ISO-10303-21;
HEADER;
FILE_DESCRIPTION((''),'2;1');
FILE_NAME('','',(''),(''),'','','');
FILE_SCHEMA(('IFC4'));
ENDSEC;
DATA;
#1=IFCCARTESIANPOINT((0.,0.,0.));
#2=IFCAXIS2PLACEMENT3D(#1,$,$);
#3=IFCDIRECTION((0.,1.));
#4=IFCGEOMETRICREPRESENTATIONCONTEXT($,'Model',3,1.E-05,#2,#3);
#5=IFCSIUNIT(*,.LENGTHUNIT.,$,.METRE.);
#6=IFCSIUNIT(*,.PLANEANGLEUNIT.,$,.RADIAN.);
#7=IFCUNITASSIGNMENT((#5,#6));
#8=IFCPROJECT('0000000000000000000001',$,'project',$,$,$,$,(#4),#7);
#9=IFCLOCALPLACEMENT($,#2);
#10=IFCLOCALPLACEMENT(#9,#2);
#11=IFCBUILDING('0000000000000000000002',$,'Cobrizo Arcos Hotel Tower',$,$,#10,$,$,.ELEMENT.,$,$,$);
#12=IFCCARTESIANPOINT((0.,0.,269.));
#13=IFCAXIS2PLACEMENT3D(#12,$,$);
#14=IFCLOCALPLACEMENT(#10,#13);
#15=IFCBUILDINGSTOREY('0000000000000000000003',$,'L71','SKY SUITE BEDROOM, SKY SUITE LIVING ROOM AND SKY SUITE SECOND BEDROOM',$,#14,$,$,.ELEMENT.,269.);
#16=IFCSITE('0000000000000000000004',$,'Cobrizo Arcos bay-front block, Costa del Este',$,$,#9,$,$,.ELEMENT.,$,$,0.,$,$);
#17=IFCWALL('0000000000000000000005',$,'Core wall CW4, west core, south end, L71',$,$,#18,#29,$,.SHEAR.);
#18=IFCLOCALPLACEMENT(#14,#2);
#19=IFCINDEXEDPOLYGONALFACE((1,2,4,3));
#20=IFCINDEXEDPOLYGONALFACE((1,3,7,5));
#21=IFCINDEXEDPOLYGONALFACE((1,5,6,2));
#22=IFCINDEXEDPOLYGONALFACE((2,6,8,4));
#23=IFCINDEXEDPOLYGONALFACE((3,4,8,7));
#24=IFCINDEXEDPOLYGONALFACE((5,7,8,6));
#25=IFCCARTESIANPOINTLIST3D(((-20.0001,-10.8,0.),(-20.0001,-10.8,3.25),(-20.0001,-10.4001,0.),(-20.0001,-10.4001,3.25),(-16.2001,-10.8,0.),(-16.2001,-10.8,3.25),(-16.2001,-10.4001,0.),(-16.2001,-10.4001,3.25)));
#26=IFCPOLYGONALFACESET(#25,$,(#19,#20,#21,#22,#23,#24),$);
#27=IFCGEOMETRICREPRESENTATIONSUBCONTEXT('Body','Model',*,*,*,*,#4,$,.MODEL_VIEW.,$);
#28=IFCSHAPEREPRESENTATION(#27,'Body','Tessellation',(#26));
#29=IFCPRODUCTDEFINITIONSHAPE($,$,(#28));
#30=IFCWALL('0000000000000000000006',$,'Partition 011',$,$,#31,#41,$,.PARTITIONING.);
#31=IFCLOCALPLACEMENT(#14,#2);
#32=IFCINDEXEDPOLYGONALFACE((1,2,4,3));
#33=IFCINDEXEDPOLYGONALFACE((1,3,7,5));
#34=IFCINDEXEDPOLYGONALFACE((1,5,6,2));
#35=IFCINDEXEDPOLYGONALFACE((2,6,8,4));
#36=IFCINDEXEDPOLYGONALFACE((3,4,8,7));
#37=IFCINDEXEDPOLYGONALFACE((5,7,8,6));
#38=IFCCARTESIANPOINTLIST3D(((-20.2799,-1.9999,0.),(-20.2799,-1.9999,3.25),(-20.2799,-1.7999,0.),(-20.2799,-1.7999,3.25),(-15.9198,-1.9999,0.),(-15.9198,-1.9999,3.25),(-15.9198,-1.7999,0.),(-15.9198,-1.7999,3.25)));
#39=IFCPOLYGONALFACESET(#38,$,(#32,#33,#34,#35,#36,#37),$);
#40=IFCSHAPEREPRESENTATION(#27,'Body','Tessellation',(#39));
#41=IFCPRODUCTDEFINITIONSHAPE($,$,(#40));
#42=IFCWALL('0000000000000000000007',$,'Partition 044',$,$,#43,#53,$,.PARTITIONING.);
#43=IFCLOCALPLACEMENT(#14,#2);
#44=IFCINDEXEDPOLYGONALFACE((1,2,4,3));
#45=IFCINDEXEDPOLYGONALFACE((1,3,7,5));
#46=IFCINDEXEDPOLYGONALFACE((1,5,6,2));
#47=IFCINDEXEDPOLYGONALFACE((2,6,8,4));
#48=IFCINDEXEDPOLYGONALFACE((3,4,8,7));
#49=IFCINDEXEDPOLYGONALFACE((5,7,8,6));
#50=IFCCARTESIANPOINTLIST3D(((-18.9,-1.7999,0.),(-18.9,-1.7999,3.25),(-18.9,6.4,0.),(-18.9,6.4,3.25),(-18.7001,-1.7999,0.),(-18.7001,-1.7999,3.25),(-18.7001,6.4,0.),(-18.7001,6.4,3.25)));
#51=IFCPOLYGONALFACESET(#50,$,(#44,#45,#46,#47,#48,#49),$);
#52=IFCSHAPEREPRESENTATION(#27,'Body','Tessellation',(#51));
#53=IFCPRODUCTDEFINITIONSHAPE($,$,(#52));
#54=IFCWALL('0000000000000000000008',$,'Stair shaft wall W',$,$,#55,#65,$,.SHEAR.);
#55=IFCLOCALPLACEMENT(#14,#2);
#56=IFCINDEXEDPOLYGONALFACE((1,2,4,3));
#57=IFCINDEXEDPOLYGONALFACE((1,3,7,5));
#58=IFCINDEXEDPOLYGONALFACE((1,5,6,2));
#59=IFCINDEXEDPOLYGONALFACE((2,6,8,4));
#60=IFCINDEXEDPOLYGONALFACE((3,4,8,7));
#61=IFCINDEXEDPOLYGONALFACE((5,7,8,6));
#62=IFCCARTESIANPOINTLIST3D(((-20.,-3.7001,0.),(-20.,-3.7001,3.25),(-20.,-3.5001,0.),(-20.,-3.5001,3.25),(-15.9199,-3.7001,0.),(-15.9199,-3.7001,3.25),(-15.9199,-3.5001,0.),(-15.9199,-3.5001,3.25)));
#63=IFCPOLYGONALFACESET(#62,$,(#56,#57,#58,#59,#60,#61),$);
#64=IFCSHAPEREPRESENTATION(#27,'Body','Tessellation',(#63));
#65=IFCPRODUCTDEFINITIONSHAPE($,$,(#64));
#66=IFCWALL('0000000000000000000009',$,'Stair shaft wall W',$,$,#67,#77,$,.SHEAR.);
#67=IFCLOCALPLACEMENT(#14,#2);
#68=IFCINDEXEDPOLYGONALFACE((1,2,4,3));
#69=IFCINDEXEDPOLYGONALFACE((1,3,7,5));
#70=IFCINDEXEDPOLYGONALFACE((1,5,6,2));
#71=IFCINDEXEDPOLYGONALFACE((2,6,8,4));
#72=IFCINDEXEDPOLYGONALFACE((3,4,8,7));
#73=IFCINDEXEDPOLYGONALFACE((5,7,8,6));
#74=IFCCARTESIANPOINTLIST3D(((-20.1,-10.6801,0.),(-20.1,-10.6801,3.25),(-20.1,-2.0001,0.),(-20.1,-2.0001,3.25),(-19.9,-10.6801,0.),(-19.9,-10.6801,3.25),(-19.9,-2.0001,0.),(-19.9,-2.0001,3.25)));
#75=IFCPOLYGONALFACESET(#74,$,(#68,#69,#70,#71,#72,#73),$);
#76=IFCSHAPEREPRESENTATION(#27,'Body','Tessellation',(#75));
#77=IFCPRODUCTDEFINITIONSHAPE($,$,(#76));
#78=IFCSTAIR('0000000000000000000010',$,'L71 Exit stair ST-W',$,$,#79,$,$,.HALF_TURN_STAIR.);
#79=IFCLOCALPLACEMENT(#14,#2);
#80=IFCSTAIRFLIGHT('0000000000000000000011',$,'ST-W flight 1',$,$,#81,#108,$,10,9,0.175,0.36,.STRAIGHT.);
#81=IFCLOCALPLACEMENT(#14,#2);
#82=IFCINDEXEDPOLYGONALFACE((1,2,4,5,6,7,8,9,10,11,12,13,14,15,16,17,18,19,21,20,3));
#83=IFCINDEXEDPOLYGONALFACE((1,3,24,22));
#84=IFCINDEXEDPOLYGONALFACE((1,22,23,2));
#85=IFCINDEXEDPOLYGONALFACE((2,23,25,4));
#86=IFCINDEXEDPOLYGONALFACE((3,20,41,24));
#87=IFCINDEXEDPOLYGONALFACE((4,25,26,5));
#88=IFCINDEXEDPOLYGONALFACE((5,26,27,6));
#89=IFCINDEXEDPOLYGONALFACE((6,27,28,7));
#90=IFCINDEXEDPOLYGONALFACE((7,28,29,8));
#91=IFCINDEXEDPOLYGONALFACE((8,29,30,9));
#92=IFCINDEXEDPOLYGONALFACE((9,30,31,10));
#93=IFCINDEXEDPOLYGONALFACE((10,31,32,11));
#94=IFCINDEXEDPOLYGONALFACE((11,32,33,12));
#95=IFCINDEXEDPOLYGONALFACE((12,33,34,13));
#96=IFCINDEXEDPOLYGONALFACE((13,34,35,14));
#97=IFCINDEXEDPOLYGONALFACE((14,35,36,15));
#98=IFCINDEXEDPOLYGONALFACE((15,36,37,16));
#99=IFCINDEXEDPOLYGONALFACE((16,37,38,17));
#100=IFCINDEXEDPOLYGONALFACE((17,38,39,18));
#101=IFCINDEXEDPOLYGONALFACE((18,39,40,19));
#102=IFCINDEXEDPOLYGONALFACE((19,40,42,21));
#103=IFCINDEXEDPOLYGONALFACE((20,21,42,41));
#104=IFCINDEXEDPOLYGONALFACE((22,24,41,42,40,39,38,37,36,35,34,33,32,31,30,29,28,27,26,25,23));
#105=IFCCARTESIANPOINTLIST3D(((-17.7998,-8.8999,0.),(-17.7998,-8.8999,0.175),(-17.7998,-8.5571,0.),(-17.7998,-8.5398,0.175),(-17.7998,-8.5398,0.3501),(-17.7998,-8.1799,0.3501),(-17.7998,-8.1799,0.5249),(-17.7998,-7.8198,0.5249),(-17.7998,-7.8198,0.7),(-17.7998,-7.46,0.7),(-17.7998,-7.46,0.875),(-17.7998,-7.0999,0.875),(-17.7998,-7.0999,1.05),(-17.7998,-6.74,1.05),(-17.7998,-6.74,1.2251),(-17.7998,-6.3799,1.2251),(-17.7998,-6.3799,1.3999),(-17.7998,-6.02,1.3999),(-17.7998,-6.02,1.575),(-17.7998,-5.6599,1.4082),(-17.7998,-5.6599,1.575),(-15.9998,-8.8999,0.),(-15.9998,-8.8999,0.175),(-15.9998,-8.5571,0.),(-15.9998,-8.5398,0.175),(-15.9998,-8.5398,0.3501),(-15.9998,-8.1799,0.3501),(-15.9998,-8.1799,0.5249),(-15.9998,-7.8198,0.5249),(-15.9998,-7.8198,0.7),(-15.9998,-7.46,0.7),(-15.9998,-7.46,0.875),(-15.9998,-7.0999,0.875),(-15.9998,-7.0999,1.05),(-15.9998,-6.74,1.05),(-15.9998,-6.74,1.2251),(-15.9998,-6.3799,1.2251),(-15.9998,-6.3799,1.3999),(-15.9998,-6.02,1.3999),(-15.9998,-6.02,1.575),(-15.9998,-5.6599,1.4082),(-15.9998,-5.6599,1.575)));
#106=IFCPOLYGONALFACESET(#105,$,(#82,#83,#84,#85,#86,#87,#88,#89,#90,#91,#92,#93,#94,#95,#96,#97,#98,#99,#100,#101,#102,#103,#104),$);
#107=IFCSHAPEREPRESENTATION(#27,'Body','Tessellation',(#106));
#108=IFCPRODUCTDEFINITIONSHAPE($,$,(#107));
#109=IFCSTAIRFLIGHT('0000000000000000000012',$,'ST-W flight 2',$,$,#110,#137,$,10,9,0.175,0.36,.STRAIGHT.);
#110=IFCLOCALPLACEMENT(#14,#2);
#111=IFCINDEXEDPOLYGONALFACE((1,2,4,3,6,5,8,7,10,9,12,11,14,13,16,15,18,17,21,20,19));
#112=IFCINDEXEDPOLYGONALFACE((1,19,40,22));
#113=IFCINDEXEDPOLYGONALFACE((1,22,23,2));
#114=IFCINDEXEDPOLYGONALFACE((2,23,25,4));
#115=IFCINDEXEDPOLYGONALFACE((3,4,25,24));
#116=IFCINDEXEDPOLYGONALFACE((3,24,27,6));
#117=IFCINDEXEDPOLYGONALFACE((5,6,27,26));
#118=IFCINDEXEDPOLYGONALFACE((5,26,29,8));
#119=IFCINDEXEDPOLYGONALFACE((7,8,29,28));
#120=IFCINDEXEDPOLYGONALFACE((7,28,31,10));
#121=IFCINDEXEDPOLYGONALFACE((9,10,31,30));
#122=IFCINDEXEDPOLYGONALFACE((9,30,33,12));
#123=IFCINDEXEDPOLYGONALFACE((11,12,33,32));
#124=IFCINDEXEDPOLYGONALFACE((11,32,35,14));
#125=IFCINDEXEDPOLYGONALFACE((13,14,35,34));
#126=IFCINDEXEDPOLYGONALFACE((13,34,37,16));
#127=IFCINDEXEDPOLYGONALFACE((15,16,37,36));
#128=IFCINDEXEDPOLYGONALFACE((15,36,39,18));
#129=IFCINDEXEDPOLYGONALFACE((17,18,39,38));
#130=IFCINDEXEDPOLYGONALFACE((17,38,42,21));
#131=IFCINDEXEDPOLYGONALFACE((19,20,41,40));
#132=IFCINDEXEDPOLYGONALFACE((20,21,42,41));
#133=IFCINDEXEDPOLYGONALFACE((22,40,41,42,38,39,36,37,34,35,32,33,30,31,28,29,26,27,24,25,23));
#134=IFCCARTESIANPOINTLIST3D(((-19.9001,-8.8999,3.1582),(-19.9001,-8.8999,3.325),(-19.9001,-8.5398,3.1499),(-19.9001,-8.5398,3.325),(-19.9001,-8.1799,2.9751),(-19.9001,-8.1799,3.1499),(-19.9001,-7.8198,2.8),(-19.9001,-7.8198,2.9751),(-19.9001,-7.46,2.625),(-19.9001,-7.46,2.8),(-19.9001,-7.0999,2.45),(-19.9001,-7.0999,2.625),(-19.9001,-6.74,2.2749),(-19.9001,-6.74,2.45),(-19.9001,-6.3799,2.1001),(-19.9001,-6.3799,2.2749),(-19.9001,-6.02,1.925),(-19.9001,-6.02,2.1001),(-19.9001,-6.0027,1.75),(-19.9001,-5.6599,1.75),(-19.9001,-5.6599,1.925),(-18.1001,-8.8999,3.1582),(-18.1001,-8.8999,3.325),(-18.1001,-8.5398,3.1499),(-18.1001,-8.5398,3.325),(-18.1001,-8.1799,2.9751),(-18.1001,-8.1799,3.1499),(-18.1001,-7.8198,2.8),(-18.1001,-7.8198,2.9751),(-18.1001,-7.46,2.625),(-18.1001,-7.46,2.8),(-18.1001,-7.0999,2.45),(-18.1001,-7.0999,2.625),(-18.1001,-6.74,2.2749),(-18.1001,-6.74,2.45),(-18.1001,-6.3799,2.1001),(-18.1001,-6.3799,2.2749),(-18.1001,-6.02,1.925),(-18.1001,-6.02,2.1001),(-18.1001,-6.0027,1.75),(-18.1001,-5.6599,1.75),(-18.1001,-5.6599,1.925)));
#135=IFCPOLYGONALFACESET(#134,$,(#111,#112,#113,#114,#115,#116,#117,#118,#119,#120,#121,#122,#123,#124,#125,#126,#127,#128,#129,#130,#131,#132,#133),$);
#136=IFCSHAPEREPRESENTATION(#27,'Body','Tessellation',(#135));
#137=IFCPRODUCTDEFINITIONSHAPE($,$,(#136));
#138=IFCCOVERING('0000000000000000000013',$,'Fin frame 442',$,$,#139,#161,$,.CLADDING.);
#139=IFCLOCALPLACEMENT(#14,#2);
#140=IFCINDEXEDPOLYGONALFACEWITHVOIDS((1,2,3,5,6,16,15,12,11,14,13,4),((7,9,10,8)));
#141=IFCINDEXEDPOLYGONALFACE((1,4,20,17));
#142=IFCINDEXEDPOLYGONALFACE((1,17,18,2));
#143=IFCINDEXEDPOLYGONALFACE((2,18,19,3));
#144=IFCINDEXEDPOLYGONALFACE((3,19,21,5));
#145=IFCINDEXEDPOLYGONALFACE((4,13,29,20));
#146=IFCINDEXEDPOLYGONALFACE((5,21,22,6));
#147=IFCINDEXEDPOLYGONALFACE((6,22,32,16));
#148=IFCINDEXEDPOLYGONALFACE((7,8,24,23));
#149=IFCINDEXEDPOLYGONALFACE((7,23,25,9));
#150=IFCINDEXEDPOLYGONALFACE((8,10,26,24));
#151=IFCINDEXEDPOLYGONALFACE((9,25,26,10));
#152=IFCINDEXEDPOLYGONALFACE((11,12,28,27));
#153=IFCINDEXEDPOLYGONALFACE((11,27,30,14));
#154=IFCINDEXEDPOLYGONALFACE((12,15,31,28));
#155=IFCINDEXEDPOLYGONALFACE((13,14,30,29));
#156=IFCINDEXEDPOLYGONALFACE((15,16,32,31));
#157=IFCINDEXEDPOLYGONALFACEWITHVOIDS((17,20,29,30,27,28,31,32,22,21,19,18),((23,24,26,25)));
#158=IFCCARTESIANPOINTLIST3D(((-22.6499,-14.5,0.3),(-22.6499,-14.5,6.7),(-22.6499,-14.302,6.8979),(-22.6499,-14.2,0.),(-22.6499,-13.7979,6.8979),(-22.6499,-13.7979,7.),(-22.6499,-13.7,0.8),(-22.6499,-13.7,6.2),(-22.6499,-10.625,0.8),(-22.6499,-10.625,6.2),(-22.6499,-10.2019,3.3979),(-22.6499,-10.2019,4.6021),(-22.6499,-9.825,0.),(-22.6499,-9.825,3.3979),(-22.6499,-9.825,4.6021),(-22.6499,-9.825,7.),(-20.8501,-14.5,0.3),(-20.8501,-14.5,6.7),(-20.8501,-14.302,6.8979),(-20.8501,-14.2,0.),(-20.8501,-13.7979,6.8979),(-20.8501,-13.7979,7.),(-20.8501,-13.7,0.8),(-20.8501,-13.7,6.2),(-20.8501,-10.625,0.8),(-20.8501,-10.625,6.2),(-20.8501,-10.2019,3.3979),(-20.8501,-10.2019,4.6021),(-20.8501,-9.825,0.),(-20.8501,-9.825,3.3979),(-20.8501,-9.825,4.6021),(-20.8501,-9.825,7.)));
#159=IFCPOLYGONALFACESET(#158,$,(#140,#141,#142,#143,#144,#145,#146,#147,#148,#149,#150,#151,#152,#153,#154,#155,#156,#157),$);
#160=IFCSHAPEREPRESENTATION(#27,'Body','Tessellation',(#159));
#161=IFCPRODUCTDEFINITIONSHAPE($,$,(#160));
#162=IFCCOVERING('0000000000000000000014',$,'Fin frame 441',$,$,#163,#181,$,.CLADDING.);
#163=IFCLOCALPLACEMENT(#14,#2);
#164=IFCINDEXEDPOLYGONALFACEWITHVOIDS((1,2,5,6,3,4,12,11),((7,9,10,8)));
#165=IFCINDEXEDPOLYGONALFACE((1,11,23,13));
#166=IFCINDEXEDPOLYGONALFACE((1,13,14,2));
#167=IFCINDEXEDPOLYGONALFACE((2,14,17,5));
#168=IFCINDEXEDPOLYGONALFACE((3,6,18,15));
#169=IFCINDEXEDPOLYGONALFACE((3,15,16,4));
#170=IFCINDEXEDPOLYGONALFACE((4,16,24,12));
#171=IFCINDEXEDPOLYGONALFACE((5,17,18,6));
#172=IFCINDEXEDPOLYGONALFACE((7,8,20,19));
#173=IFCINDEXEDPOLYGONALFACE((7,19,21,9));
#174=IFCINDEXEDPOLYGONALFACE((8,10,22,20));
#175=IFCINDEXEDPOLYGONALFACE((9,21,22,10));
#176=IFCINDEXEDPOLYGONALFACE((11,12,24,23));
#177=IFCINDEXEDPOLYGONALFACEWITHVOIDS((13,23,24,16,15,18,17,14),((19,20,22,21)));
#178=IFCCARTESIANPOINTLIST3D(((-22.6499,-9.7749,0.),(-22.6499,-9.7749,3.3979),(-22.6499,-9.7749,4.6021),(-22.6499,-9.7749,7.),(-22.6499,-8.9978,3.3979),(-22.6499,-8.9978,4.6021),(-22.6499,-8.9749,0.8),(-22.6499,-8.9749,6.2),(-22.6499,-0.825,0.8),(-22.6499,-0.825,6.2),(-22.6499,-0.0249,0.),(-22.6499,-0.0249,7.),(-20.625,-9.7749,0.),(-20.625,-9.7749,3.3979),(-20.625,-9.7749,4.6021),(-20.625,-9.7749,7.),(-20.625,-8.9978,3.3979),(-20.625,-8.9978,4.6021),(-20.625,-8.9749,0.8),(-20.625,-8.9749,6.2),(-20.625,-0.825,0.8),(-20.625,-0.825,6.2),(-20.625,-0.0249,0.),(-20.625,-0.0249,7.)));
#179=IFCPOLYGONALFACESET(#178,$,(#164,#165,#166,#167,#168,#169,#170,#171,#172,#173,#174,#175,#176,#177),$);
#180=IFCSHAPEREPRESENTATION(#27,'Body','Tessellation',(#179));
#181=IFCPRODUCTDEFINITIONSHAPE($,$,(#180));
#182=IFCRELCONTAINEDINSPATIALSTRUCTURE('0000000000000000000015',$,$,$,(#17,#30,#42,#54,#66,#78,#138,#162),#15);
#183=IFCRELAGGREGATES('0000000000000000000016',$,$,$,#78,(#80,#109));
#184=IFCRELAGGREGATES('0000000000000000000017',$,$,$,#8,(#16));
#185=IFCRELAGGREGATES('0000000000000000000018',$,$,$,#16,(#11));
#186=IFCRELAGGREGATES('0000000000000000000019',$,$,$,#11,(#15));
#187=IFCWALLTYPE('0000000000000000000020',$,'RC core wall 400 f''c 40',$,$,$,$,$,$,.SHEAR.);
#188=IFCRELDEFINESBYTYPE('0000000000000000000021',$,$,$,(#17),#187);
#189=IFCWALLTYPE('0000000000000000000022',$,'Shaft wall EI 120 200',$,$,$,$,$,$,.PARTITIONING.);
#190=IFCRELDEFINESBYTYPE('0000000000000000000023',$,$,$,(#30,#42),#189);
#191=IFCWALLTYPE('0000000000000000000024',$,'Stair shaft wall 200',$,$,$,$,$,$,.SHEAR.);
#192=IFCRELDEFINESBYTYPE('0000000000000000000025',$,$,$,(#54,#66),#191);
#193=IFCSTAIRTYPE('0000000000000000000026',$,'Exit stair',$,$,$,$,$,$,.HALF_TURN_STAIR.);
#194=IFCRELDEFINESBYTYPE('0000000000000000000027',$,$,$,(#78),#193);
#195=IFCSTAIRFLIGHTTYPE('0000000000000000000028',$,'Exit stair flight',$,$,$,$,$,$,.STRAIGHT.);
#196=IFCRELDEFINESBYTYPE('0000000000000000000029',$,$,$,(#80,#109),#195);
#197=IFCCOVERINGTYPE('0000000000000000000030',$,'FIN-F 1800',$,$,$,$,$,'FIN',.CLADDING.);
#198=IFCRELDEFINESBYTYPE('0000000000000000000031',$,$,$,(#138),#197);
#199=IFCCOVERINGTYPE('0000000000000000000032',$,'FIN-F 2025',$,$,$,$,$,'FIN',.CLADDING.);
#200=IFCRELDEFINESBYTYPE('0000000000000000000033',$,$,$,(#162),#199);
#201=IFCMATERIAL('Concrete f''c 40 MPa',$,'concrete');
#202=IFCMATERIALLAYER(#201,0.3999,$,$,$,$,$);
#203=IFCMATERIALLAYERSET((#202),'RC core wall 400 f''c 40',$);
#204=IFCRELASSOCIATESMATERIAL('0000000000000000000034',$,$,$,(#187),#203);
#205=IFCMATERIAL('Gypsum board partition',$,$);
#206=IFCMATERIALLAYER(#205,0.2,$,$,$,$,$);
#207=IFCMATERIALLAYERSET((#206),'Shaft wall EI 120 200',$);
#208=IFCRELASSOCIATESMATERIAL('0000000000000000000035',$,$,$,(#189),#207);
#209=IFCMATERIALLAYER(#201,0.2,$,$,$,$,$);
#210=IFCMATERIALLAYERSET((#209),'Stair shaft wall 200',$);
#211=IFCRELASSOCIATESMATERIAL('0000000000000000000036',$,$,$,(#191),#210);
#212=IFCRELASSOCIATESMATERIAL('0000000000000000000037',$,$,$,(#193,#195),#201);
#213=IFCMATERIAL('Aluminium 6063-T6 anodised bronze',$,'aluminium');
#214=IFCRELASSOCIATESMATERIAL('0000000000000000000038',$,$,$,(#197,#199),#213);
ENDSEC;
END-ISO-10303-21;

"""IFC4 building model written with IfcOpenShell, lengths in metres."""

from ifc_helpers import new_model, si_unit, direction, frame, frame_2d, origin, place, context, subcontext, project, spatial, polyline, rectangle, outline, extrude, material, layer, layer_set, type_object, element, aggregate, save


model = new_model("IFC4")

# Units and contexts
model_context = context("Model", 3, precision=1e-05, world=origin(), true_north=direction((0.0, 1.0)))
body_context = subcontext(model_context, "Body", "Model", "MODEL_VIEW")
ifc_project = project(units=[si_unit("LENGTHUNIT", "METRE"), si_unit("PLANEANGLEUNIT", "RADIAN")], contexts=[model_context])

# Site, building, storey
site_placement = place(None, origin())
site = spatial("IfcSite", under=ifc_project, at=site_placement, Name="Cobrizo Arcos bay-front block, Costa del Este", CompositionType="ELEMENT", RefElevation=0.0)
building_placement = place(site_placement, origin())
building = spatial("IfcBuilding", under=site, at=building_placement, Name="Cobrizo Arcos Hotel Tower", CompositionType="ELEMENT")
storey_placement = place(building_placement, frame((0.0, 0.0, 269.0)))
storey = spatial("IfcBuildingStorey", under=building, at=storey_placement, Name="L71", Description="SKY SUITE BEDROOM, SKY SUITE LIVING ROOM AND SKY SUITE SECOND BEDROOM", CompositionType="ELEMENT", Elevation=269.0)

# Walls
ifc_material_1 = material(Name="Concrete f'c 40 MPa", Category="concrete")
ifc_layer_1 = layer(ifc_material_1, 0.3999)
ifc_layer_set_1 = layer_set([ifc_layer_1], Name="RC core wall 400 f'c 40")
wall_type_1 = type_object("IfcWallType", Name="RC core wall 400 f'c 40", PredefinedType="SHEAR", material=ifc_layer_set_1)
wall_1_placement = place(storey_placement, frame((-20.0, -10.6001, 0.0), z_axis=(0.0, 0.0, 1.0), x_axis=(1.0, 0.0, 0.0)))
element("IfcWall", 1, at=wall_1_placement, inside=storey, type_object=wall_type_1, Name="Core wall CW4, west core, south end, L71", PredefinedType="SHEAR", context=body_context, shape_type="SweptSolid", body=[
    extrude(rectangle(XDim=3.8, YDim=0.3999, at=frame_2d((1.8999, 0.0))), origin(), (0.0, 0.0, 1.0), 3.25),
])
ifc_material_2 = material(Name="Gypsum board partition")
ifc_layer_2 = layer(ifc_material_2, 0.2)
ifc_layer_set_2 = layer_set([ifc_layer_2], Name="Shaft wall EI 120 200")
wall_type_2 = type_object("IfcWallType", Name="Shaft wall EI 120 200", PredefinedType="PARTITIONING", material=ifc_layer_set_2)
wall_2_placement = place(storey_placement, frame((-20.28, -1.8999, 0.0), z_axis=(0.0, 0.0, 1.0), x_axis=(1.0, 0.0, 0.0)))
element("IfcWall", 2, at=wall_2_placement, inside=storey, type_object=wall_type_2, Name="Partition 011", PredefinedType="PARTITIONING", context=body_context, shape_type="SweptSolid", body=[
    extrude(rectangle(XDim=4.3601, YDim=0.2, at=frame_2d((2.1802, 0.0))), origin(), (0.0, 0.0, 1.0), 3.25),
])
wall_3_placement = place(storey_placement, frame((-18.8, -1.8, 0.0), z_axis=(0.0, 0.0, 1.0), x_axis=(0.0, 1.0, 0.0)))
element("IfcWall", 3, at=wall_3_placement, inside=storey, type_object=wall_type_2, Name="Partition 044", PredefinedType="PARTITIONING", context=body_context, shape_type="SweptSolid", body=[
    extrude(rectangle(XDim=8.2, YDim=0.2, at=frame_2d((4.1001, 0.0))), origin(), (0.0, 0.0, 1.0), 3.25),
])
ifc_layer_3 = layer(ifc_material_1, 0.2)
ifc_layer_set_3 = layer_set([ifc_layer_3], Name="Stair shaft wall 200")
wall_type_3 = type_object("IfcWallType", Name="Stair shaft wall 200", PredefinedType="SHEAR", material=ifc_layer_set_3)
wall_4_placement = place(storey_placement, frame((-20.0, -3.6001, 0.0), z_axis=(0.0, 0.0, 1.0), x_axis=(1.0, 0.0, 0.0)))
element("IfcWall", 4, at=wall_4_placement, inside=storey, type_object=wall_type_3, Name="Stair shaft wall W", PredefinedType="SHEAR", context=body_context, shape_type="SweptSolid", body=[
    extrude(rectangle(XDim=4.0801, YDim=0.2, at=frame_2d((2.04, 0.0))), origin(), (0.0, 0.0, 1.0), 3.25),
])
wall_5_placement = place(storey_placement, frame((-20.0, -10.6799, 0.0), z_axis=(0.0, 0.0, 1.0), x_axis=(0.0, 1.0, 0.0)))
element("IfcWall", 5, at=wall_5_placement, inside=storey, type_object=wall_type_3, Name="Stair shaft wall W", PredefinedType="SHEAR", context=body_context, shape_type="SweptSolid", body=[
    extrude(rectangle(XDim=8.6799, YDim=0.2, at=frame_2d((4.3398, 0.0))), origin(), (0.0, 0.0, 1.0), 3.25),
])

# Stair, stair flights
stair_type = type_object("IfcStairType", Name="Exit stair", PredefinedType="HALF_TURN_STAIR", material=ifc_material_1)
stair_placement = place(storey_placement, origin())
stair = element("IfcStair", 6, at=stair_placement, inside=storey, type_object=stair_type, Name="L71 Exit stair ST-W", PredefinedType="HALF_TURN_STAIR")
stair_flight_type = type_object("IfcStairFlightType", Name="Exit stair flight", PredefinedType="STRAIGHT", material=ifc_material_1)
stair_flight_1_placement = place(storey_placement, frame((-16.8999, -8.8999, 0.0), z_axis=(0.0, 0.0, 1.0), x_axis=(0.0, 1.0, 0.0)))
stair_flight_1 = element("IfcStairFlight", 7, at=stair_flight_1_placement, type_object=stair_flight_type, Name="ST-W flight 1", NumberOfRisers=10, NumberOfTreads=9, PredefinedType="STRAIGHT", RiserHeight=0.175, TreadLength=0.36, context=body_context, shape_type="SweptSolid", body=[
    extrude(outline(polyline([(0.0, 0.0), (0.0, 0.175), (0.3601, 0.175), (0.3601, 0.3501), (0.72, 0.3501), (0.72, 0.5249), (1.0801, 0.5249), (1.0801, 0.7), (1.4399, 0.7), (1.4399, 0.875), (1.8, 0.875), (1.8, 1.05), (2.1599, 1.05), (2.1599, 1.2251), (2.52, 1.2251), (2.52, 1.3999), (2.8799, 1.3999), (2.8799, 1.575), (3.24, 1.575), (3.24, 1.75), (3.24, 1.4082), (0.3428, 0.0), (0.0, 0.0)])), frame((0.0, 0.8999, 0.0), z_axis=(0.0, -1.0, 0.0), x_axis=(1.0, 0.0, 0.0)), (0.0, 0.0, 1.0), 1.8),
])
stair_flight_2_placement = place(storey_placement, frame((-19.0, -5.6599, 1.75), z_axis=(0.0, 0.0, 1.0), x_axis=(0.0, -1.0, 0.0)))
stair_flight_2 = element("IfcStairFlight", 8, at=stair_flight_2_placement, type_object=stair_flight_type, Name="ST-W flight 2", NumberOfRisers=10, NumberOfTreads=9, PredefinedType="STRAIGHT", RiserHeight=0.175, TreadLength=0.36, context=body_context, shape_type="SweptSolid", body=[
    extrude(outline(polyline([(0.0, 0.0), (0.0, 0.175), (0.3601, 0.175), (0.3601, 0.3501), (0.72, 0.3501), (0.72, 0.5249), (1.0801, 0.5249), (1.0801, 0.7), (1.4399, 0.7), (1.4399, 0.875), (1.8, 0.875), (1.8, 1.05), (2.1599, 1.05), (2.1599, 1.2251), (2.52, 1.2251), (2.52, 1.3999), (2.8799, 1.3999), (2.8799, 1.575), (3.24, 1.575), (3.24, 1.75), (3.24, 1.4082), (0.3428, 0.0), (0.0, 0.0)])), frame((0.0, 0.8999, 0.0), z_axis=(0.0, -1.0, 0.0), x_axis=(1.0, 0.0, 0.0)), (0.0, 0.0, 1.0), 1.8),
])
aggregate(stair, [stair_flight_1, stair_flight_2])

# Coverings
ifc_material_3 = material(Name="Aluminium 6063-T6 anodised bronze", Category="aluminium")
covering_type_1 = type_object("IfcCoveringType", Name="FIN-F 1800", ElementType="FIN", PredefinedType="CLADDING", material=ifc_material_3)
covering_1_placement = place(storey_placement, frame((-20.8501, -9.825, 0.0), z_axis=(-1.0, 0.0, 0.0), x_axis=(0.0, -1.0, 0.0)))
element("IfcCovering", 9, at=covering_1_placement, inside=storey, type_object=covering_type_1, Name="Fin frame 442", PredefinedType="CLADDING", context=body_context, shape_type="SweptSolid", body=[
    extrude(outline(polyline([(4.675, 6.7), (4.4771, 6.8979), (3.9729, 6.8979), (3.9729, 7.0), (0.0, 7.0), (0.0, 4.6021), (0.377, 4.6021), (0.377, 3.3979), (0.0, 3.3979), (0.0, 0.0), (4.375, 0.0), (4.675, 0.3), (4.675, 6.7)]), holes=[polyline([(3.875, 0.8), (0.8, 0.8), (0.8, 6.2), (3.875, 6.2), (3.875, 0.8)])]), origin(), (0.0, 0.0, 1.0), 1.7998),
])
covering_type_2 = type_object("IfcCoveringType", Name="FIN-F 2025", ElementType="FIN", PredefinedType="CLADDING", material=ifc_material_3)
covering_2_placement = place(storey_placement, frame((-20.625, -0.0249, 0.0), z_axis=(-1.0, 0.0, 0.0), x_axis=(0.0, -1.0, 0.0)))
element("IfcCovering", 10, at=covering_2_placement, inside=storey, type_object=covering_type_2, Name="Fin frame 441", PredefinedType="CLADDING", context=body_context, shape_type="SweptSolid", body=[
    extrude(outline(polyline([(9.75, 0.0), (9.75, 3.3979), (8.9729, 3.3979), (8.9729, 4.6021), (9.75, 4.6021), (9.75, 7.0), (0.0, 7.0), (0.0, 0.0), (9.75, 0.0)]), holes=[polyline([(8.95, 0.8), (0.8, 0.8), (0.8, 6.2), (8.95, 6.2), (8.95, 0.8)])]), origin(), (0.0, 0.0, 1.0), 2.0249),
])

save(model, "model.ifc")
